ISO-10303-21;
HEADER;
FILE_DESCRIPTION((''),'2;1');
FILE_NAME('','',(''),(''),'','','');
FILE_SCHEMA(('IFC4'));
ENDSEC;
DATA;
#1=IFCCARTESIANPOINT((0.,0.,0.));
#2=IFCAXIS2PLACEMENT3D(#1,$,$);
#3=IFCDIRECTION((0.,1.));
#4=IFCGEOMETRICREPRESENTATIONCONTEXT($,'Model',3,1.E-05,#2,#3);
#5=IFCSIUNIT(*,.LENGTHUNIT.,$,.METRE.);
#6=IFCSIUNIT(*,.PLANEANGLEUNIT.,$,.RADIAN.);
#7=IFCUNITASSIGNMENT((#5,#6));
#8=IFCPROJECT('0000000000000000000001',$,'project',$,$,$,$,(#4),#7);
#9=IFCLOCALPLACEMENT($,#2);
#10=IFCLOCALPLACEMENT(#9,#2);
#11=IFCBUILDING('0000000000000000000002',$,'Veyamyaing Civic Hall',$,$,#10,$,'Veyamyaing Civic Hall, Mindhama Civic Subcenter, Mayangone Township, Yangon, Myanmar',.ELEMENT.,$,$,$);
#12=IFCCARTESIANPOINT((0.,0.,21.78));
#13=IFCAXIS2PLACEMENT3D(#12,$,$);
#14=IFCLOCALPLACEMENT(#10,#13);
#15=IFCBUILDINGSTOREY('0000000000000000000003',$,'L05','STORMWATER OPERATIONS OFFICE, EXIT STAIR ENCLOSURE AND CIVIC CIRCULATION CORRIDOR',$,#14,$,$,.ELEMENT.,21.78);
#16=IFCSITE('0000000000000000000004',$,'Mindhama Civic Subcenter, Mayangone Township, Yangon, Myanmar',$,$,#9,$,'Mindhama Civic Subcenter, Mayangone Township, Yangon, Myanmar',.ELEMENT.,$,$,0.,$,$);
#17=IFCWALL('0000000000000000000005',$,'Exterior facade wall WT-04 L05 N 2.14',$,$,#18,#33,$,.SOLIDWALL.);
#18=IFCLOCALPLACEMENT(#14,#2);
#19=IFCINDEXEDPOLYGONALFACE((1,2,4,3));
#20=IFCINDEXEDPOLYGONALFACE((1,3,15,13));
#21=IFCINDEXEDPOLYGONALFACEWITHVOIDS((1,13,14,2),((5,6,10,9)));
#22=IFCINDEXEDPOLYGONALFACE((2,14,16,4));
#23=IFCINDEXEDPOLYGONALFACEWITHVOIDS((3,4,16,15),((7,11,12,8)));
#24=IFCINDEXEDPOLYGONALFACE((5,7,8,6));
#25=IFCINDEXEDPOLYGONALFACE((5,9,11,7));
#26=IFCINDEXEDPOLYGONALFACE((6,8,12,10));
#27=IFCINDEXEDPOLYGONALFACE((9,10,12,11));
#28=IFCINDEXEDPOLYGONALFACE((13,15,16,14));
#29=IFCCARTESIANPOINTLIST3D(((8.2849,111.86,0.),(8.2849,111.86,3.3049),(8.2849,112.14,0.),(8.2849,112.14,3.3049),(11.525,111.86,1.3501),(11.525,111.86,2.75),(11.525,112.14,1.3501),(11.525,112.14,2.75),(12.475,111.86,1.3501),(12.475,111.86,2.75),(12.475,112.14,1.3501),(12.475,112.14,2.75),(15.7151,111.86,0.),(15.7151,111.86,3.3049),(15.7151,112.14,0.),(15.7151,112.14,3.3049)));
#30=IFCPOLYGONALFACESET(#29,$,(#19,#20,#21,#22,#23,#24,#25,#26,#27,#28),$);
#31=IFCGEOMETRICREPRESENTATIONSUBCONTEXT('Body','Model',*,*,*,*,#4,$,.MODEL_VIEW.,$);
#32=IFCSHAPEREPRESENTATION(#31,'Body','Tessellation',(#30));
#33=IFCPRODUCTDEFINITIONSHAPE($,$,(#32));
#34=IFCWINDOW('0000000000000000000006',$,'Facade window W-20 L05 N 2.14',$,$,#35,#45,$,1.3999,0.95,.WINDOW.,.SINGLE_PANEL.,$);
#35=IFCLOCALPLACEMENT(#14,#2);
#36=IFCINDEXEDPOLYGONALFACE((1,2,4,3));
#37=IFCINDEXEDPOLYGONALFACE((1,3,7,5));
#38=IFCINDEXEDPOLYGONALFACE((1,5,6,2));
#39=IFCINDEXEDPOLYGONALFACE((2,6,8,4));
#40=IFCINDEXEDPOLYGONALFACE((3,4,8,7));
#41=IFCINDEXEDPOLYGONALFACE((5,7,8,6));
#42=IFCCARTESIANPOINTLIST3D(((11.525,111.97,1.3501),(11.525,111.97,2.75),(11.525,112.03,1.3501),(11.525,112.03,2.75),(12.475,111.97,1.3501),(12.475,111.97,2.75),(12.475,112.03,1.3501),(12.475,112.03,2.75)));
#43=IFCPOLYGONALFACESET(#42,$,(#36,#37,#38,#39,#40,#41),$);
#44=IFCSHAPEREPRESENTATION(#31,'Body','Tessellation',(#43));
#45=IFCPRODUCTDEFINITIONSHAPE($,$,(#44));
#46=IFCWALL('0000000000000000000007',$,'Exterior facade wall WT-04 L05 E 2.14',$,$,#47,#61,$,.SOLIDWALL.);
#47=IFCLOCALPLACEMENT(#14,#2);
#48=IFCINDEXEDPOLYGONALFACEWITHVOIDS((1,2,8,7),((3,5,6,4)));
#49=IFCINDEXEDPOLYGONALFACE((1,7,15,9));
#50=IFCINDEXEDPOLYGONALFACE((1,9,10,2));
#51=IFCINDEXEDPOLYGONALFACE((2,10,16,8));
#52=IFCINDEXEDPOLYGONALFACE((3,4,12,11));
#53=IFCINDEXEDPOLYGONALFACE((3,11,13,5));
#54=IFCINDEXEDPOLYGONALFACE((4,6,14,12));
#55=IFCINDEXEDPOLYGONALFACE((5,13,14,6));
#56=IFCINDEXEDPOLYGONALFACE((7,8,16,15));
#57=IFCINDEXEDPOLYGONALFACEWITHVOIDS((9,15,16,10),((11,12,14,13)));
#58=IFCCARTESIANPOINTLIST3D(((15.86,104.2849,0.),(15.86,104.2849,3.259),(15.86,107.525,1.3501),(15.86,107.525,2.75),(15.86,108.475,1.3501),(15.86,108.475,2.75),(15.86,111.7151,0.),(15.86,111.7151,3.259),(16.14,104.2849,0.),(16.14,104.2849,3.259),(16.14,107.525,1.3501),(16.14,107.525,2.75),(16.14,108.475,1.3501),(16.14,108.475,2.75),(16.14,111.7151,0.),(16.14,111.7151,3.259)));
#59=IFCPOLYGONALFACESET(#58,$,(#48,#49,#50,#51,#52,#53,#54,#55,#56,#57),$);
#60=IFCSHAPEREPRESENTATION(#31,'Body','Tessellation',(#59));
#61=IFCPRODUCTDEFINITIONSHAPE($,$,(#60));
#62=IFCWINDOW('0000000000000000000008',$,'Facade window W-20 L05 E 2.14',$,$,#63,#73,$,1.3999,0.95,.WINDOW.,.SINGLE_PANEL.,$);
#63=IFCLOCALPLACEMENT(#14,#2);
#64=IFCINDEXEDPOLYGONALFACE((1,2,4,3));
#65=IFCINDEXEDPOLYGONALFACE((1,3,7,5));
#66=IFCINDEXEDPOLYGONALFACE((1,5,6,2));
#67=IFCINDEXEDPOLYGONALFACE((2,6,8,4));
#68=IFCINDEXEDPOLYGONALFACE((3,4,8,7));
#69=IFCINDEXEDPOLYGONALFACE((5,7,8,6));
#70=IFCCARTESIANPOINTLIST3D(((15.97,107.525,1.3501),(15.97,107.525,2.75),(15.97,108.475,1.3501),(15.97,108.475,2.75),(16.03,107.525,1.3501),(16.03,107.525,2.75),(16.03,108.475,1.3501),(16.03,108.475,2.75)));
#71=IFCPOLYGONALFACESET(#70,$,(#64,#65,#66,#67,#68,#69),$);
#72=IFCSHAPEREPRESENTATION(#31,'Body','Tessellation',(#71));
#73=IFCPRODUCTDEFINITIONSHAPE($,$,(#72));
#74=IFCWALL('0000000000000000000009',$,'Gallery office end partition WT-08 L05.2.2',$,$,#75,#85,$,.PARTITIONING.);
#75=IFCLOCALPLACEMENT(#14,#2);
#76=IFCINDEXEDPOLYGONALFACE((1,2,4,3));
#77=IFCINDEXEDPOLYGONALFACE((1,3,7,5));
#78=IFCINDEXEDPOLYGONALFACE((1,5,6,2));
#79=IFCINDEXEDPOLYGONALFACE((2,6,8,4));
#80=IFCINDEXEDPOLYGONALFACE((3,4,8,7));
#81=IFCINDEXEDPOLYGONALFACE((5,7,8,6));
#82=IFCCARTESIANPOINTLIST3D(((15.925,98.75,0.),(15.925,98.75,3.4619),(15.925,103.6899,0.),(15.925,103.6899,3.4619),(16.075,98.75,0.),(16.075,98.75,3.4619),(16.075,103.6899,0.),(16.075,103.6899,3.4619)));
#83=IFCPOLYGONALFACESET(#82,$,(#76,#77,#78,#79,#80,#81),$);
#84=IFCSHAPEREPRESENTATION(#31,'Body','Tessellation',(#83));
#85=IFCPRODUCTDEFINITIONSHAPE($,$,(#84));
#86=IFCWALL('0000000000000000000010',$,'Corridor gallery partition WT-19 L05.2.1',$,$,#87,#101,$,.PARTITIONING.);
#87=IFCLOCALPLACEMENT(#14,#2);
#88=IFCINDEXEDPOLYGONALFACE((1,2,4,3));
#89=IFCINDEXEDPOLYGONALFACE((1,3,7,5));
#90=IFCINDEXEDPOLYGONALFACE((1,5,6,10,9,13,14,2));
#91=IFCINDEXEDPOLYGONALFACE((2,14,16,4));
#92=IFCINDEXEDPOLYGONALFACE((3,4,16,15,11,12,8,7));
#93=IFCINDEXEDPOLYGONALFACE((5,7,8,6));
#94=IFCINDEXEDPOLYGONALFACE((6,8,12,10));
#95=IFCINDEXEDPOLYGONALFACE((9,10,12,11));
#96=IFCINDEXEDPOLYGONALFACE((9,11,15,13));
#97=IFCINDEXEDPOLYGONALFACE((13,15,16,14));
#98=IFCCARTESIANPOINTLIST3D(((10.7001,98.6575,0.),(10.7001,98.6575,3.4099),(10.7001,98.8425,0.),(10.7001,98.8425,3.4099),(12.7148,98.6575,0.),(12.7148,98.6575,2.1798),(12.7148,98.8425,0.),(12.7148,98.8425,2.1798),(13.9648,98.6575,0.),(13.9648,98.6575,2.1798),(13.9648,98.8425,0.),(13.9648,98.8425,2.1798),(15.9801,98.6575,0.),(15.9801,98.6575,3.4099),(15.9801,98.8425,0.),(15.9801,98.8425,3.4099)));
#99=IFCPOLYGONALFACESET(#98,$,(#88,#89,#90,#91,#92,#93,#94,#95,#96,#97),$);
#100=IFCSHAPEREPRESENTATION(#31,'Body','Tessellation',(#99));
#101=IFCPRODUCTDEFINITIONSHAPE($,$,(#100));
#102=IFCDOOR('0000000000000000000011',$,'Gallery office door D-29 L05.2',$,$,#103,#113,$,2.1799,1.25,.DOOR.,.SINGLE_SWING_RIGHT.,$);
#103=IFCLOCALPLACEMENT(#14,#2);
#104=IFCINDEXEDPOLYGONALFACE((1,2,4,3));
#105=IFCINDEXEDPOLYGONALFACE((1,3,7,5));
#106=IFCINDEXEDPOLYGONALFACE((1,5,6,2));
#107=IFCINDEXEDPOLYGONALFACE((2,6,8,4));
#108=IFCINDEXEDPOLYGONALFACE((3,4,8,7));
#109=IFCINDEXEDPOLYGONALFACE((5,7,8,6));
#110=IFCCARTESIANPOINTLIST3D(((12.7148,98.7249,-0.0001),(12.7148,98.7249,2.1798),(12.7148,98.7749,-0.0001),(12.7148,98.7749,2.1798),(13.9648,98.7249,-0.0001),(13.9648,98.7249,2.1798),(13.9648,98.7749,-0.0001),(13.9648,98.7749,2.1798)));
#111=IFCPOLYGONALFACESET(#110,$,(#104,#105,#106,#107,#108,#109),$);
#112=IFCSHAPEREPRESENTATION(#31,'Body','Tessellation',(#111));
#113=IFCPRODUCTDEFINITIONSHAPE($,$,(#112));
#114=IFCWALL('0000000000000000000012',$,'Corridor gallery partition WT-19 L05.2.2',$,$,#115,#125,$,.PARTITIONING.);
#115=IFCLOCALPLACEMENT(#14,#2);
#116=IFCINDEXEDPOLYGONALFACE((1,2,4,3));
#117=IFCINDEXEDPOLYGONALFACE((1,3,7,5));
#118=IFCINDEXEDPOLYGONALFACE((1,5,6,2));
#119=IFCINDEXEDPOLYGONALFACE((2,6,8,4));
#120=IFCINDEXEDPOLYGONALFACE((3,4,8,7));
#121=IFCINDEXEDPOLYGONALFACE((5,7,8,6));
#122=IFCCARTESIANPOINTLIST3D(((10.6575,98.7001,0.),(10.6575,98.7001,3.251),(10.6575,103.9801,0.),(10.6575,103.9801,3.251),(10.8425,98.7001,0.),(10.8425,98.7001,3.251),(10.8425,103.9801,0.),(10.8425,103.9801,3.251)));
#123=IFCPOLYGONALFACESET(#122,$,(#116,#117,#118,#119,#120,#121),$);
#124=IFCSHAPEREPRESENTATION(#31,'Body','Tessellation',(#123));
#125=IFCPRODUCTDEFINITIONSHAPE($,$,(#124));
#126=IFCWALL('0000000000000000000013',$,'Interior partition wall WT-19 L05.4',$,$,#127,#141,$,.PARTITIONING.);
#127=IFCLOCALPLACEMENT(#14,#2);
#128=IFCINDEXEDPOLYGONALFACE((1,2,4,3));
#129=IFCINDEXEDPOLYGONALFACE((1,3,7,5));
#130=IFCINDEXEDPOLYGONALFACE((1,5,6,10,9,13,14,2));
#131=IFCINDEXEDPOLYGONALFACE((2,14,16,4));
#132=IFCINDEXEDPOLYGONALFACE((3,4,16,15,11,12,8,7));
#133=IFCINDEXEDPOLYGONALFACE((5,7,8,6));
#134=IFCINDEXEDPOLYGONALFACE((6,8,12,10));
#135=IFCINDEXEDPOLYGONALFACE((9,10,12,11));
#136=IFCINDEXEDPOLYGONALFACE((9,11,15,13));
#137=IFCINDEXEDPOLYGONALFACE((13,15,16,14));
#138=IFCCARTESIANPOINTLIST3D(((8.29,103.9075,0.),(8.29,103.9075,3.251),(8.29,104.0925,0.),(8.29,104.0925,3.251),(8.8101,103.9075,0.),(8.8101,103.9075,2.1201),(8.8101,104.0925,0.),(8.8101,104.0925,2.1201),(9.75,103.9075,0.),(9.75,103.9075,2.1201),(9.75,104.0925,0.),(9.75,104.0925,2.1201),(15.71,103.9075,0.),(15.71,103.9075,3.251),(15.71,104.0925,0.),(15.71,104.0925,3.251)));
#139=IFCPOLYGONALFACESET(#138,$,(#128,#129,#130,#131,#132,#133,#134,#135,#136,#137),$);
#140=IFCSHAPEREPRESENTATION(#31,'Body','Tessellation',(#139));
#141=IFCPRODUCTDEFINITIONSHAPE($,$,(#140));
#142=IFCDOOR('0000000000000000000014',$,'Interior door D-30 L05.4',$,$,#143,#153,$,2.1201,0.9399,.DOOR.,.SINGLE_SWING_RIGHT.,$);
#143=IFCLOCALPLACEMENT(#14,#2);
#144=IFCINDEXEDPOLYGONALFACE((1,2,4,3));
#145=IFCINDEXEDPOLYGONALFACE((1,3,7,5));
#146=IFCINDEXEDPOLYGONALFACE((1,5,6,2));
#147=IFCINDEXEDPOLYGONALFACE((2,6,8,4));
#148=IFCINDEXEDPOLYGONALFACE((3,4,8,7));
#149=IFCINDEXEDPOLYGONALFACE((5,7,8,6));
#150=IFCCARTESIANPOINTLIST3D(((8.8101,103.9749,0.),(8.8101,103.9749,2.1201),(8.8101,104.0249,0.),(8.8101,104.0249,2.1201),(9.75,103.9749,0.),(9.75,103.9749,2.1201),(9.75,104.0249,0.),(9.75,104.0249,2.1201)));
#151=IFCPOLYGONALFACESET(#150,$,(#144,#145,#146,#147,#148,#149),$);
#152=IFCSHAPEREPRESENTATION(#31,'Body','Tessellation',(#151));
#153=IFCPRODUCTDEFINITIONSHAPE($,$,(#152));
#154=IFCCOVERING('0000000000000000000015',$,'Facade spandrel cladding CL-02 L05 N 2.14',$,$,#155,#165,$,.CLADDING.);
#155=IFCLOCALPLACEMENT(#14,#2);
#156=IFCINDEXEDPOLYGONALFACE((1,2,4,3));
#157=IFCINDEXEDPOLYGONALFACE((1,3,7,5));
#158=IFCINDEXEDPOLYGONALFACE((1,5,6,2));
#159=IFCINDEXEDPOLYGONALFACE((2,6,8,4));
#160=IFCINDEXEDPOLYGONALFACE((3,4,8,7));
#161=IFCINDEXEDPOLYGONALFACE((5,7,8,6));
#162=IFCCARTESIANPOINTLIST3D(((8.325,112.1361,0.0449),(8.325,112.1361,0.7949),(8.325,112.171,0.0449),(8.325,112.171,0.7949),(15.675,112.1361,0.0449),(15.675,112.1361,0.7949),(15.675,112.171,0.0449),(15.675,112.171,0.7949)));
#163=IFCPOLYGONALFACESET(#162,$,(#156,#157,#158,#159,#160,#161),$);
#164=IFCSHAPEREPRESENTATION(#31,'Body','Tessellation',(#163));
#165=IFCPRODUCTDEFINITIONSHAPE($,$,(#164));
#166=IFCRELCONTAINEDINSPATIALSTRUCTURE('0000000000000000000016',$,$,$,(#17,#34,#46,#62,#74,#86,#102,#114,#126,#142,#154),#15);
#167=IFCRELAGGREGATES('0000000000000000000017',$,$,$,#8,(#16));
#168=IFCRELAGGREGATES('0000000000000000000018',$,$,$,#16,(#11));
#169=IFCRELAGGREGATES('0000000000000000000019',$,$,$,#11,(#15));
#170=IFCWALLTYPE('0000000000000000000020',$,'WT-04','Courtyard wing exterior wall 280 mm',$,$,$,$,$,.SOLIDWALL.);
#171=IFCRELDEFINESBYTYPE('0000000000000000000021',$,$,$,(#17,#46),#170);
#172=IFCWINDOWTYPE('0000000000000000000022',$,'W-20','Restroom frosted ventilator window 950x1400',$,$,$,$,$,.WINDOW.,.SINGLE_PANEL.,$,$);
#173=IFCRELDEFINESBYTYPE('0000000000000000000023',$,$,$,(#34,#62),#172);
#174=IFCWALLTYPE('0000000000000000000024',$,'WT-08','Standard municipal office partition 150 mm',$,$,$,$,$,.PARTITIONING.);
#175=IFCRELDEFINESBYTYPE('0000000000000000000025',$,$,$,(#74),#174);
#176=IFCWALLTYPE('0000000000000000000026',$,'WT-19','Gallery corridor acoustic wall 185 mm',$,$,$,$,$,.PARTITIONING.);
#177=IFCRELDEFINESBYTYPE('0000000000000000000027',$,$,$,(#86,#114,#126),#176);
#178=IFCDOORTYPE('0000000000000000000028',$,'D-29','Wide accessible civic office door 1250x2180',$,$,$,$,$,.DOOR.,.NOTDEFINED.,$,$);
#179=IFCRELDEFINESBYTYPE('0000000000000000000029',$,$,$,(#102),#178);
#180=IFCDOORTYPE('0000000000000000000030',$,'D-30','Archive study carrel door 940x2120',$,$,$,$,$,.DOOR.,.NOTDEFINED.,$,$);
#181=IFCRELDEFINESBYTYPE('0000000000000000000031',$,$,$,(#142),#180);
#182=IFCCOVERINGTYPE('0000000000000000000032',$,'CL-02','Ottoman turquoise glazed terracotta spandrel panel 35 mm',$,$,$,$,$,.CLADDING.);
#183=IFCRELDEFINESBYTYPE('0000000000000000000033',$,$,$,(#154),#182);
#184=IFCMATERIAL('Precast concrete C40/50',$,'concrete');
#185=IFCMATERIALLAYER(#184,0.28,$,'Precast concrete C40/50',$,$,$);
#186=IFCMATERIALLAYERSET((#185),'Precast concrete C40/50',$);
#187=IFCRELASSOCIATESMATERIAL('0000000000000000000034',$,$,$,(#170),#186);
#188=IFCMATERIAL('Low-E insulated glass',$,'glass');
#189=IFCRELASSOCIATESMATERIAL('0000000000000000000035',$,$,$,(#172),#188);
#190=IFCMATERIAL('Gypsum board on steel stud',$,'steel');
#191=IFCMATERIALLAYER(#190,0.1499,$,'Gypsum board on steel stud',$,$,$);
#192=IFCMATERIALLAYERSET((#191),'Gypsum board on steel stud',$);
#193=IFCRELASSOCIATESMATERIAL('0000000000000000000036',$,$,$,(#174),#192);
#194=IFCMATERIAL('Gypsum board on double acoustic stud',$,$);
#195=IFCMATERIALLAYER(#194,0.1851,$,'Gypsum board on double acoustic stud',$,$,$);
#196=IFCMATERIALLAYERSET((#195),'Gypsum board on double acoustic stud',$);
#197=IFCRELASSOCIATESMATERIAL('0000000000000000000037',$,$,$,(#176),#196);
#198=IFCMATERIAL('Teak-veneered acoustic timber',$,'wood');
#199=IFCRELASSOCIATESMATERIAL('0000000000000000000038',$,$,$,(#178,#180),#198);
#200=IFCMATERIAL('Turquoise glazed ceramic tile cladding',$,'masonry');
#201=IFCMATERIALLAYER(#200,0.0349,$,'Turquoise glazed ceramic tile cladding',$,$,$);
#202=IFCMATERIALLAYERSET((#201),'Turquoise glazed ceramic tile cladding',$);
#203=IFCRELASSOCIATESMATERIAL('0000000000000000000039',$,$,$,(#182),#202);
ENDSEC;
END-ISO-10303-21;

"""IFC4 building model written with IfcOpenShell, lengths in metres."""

from ifc_helpers import new_model, si_unit, direction, frame, frame_2d, origin, origin_2d, place, context, subcontext, project, spatial, rectangle, extrude, material, layer, layer_set, type_object, element, fill, save


model = new_model("IFC4")

# Units and contexts
model_context = context("Model", 3, precision=1e-05, world=origin(), true_north=direction((0.0, 1.0)))
body_context = subcontext(model_context, "Body", "Model", "MODEL_VIEW")
ifc_project = project(units=[si_unit("LENGTHUNIT", "METRE"), si_unit("PLANEANGLEUNIT", "RADIAN")], contexts=[model_context])

# Site, building, storey
site_placement = place(None, origin())
site = spatial("IfcSite", under=ifc_project, at=site_placement, Name="Mindhama Civic Subcenter, Mayangone Township, Yangon, Myanmar", LongName="Mindhama Civic Subcenter, Mayangone Township, Yangon, Myanmar", CompositionType="ELEMENT", RefElevation=0.0)
building_placement = place(site_placement, origin())
building = spatial("IfcBuilding", under=site, at=building_placement, Name="Veyamyaing Civic Hall", LongName="Veyamyaing Civic Hall, Mindhama Civic Subcenter, Mayangone Township, Yangon, Myanmar", CompositionType="ELEMENT")
storey_placement = place(building_placement, frame((0.0, 0.0, 21.78)))
storey = spatial("IfcBuildingStorey", under=building, at=storey_placement, Name="L05", Description="STORMWATER OPERATIONS OFFICE, EXIT STAIR ENCLOSURE AND CIVIC CIRCULATION CORRIDOR", CompositionType="ELEMENT", Elevation=21.78)

# Walls, openings, windows
ifc_material_1 = material(Name="Precast concrete C40/50", Category="concrete")
ifc_layer_1 = layer(ifc_material_1, 0.28, Name="Precast concrete C40/50")
ifc_layer_set_1 = layer_set([ifc_layer_1], Name="Precast concrete C40/50")
wall_type_1 = type_object("IfcWallType", Name="WT-04", Description="Courtyard wing exterior wall 280 mm", PredefinedType="SOLIDWALL", material=ifc_layer_set_1)
wall_1_placement = place(storey_placement, frame((8.2849, 112.0, 0.0), z_axis=(0.0, 0.0, 1.0), x_axis=(1.0, 0.0, 0.0)))
wall_1 = element("IfcWall", 1, at=wall_1_placement, inside=storey, type_object=wall_type_1, Name="Exterior facade wall WT-04 L05 N 2.14", PredefinedType="SOLIDWALL", context=body_context, shape_type="SweptSolid", body=[
    extrude(rectangle(XDim=7.4302, YDim=0.28, at=frame_2d((3.7151, 0.0))), origin(), (0.0, 0.0, 1.0), 3.3049),
])
opening_1_placement = place(wall_1_placement, frame((3.24, 0.0, 1.3501)))
opening_1 = element("IfcOpeningElement", 2, at=opening_1_placement, cuts=wall_1, PredefinedType="OPENING", context=body_context, shape_type="SweptSolid", body=[
    extrude(rectangle(XDim=0.95, YDim=1.3999, at=frame_2d((0.4751, 0.7))), frame((0.0, 0.1499, 0.0), z_axis=(0.0, -1.0, 0.0), x_axis=(1.0, 0.0, 0.0)), (0.0, 0.0, 1.0), 0.3),
])
ifc_material_2 = material(Name="Low-E insulated glass", Category="glass")
window_type = type_object("IfcWindowType", Name="W-20", Description="Restroom frosted ventilator window 950x1400", PartitioningType="SINGLE_PANEL", PredefinedType="WINDOW", material=ifc_material_2)
window_1_placement = place(opening_1_placement, origin())
window_1 = element("IfcWindow", 3, at=window_1_placement, inside=storey, type_object=window_type, Name="Facade window W-20 L05 N 2.14", OverallHeight=1.3999, OverallWidth=0.95, PartitioningType="SINGLE_PANEL", PredefinedType="WINDOW", context=body_context, shape_type="SweptSolid", body=[
    extrude(rectangle(XDim=0.95, YDim=1.3999, at=frame_2d((0.4751, 0.7))), frame((0.0, 0.03, 0.0), z_axis=(0.0, -1.0, 0.0), x_axis=(1.0, 0.0, 0.0)), (0.0, 0.0, 1.0), 0.0601),
])
fill(opening_1, window_1)
wall_2_placement = place(storey_placement, frame((16.0, 104.2849, 0.0), z_axis=(0.0, 0.0, 1.0), x_axis=(0.0, 1.0, 0.0)))
wall_2 = element("IfcWall", 4, at=wall_2_placement, inside=storey, type_object=wall_type_1, Name="Exterior facade wall WT-04 L05 E 2.14", PredefinedType="SOLIDWALL", context=body_context, shape_type="SweptSolid", body=[
    extrude(rectangle(XDim=7.4302, YDim=0.28, at=frame_2d((3.7151, 0.0))), origin(), (0.0, 0.0, 1.0), 3.259),
])
opening_2_placement = place(wall_2_placement, frame((3.24, 0.0, 1.3501)))
opening_2 = element("IfcOpeningElement", 5, at=opening_2_placement, cuts=wall_2, PredefinedType="OPENING", context=body_context, shape_type="SweptSolid", body=[
    extrude(rectangle(XDim=0.95, YDim=1.3999, at=frame_2d((0.4751, 0.7))), frame((0.0, 0.1499, 0.0), z_axis=(0.0, -1.0, 0.0), x_axis=(1.0, 0.0, 0.0)), (0.0, 0.0, 1.0), 0.3),
])
window_2_placement = place(opening_2_placement, origin())
window_2 = element("IfcWindow", 6, at=window_2_placement, inside=storey, type_object=window_type, Name="Facade window W-20 L05 E 2.14", OverallHeight=1.3999, OverallWidth=0.95, PartitioningType="SINGLE_PANEL", PredefinedType="WINDOW", context=body_context, shape_type="SweptSolid", body=[
    extrude(rectangle(XDim=0.95, YDim=1.3999, at=frame_2d((0.4751, 0.7))), frame((0.0, 0.03, 0.0), z_axis=(0.0, -1.0, 0.0), x_axis=(1.0, 0.0, 0.0)), (0.0, 0.0, 1.0), 0.0601),
])
fill(opening_2, window_2)

# Wall
ifc_material_3 = material(Name="Gypsum board on steel stud", Category="steel")
ifc_layer_2 = layer(ifc_material_3, 0.1499, Name="Gypsum board on steel stud")
ifc_layer_set_2 = layer_set([ifc_layer_2], Name="Gypsum board on steel stud")
wall_type_2 = type_object("IfcWallType", Name="WT-08", Description="Standard municipal office partition 150 mm", PredefinedType="PARTITIONING", material=ifc_layer_set_2)
wall_3_placement = place(storey_placement, frame((16.0, 98.75, 0.0), z_axis=(0.0, 0.0, 1.0), x_axis=(0.0, 1.0, 0.0)))
element("IfcWall", 7, at=wall_3_placement, inside=storey, type_object=wall_type_2, Name="Gallery office end partition WT-08 L05.2.2", PredefinedType="PARTITIONING", context=body_context, shape_type="SweptSolid", body=[
    extrude(rectangle(XDim=4.9399, YDim=0.1499, at=frame_2d((2.47, 0.0))), origin(), (0.0, 0.0, 1.0), 3.4619),
])

# Wall, opening, door
ifc_material_4 = material(Name="Gypsum board on double acoustic stud")
ifc_layer_3 = layer(ifc_material_4, 0.1851, Name="Gypsum board on double acoustic stud")
ifc_layer_set_3 = layer_set([ifc_layer_3], Name="Gypsum board on double acoustic stud")
wall_type_3 = type_object("IfcWallType", Name="WT-19", Description="Gallery corridor acoustic wall 185 mm", PredefinedType="PARTITIONING", material=ifc_layer_set_3)
wall_4_placement = place(storey_placement, frame((10.7, 98.75, 0.0), z_axis=(0.0, 0.0, 1.0), x_axis=(1.0, 0.0, 0.0)))
wall_4 = element("IfcWall", 8, at=wall_4_placement, inside=storey, type_object=wall_type_3, Name="Corridor gallery partition WT-19 L05.2.1", PredefinedType="PARTITIONING", context=body_context, shape_type="SweptSolid", body=[
    extrude(rectangle(XDim=5.28, YDim=0.1851, at=frame_2d((2.6401, 0.0))), origin(), (0.0, 0.0, 1.0), 3.4099),
])
opening_3_placement = place(wall_4_placement, frame((2.0149, 0.0, 0.0)))
opening_3 = element("IfcOpeningElement", 9, at=opening_3_placement, cuts=wall_4, PredefinedType="OPENING", context=body_context, shape_type="SweptSolid", body=[
    extrude(rectangle(XDim=1.25, YDim=2.1799, at=frame_2d((0.625, 1.0898))), frame((0.0, 0.1025, 0.0), z_axis=(0.0, -1.0, 0.0), x_axis=(1.0, 0.0, 0.0)), (0.0, 0.0, 1.0), 0.2051),
])
ifc_material_5 = material(Name="Teak-veneered acoustic timber", Category="wood")
door_type_1 = type_object("IfcDoorType", Name="D-29", Description="Wide accessible civic office door 1250x2180", OperationType="NOTDEFINED", PredefinedType="DOOR", material=ifc_material_5)
door_1_placement = place(opening_3_placement, origin())
door_1 = element("IfcDoor", 10, at=door_1_placement, inside=storey, type_object=door_type_1, Name="Gallery office door D-29 L05.2", OperationType="SINGLE_SWING_RIGHT", OverallHeight=2.1799, OverallWidth=1.25, PredefinedType="DOOR", context=body_context, shape_type="SweptSolid", body=[
    extrude(rectangle(XDim=1.25, YDim=2.1799, at=frame_2d((0.625, 1.0898))), frame((0.0, 0.0249, 0.0), z_axis=(0.0, -1.0, 0.0), x_axis=(1.0, 0.0, 0.0)), (0.0, 0.0, 1.0), 0.05),
])
fill(opening_3, door_1)

# Wall
wall_5_placement = place(storey_placement, frame((10.75, 98.7, 0.0), z_axis=(0.0, 0.0, 1.0), x_axis=(0.0, 1.0, 0.0)))
element("IfcWall", 11, at=wall_5_placement, inside=storey, type_object=wall_type_3, Name="Corridor gallery partition WT-19 L05.2.2", PredefinedType="PARTITIONING", context=body_context, shape_type="SweptSolid", body=[
    extrude(rectangle(XDim=5.28, YDim=0.1851, at=frame_2d((2.6401, 0.0))), origin(), (0.0, 0.0, 1.0), 3.251),
])

# Wall, opening, door
wall_6_placement = place(storey_placement, frame((8.29, 104.0, 0.0), z_axis=(0.0, 0.0, 1.0), x_axis=(1.0, 0.0, 0.0)))
wall_6 = element("IfcWall", 12, at=wall_6_placement, inside=storey, type_object=wall_type_3, Name="Interior partition wall WT-19 L05.4", PredefinedType="PARTITIONING", context=body_context, shape_type="SweptSolid", body=[
    extrude(rectangle(XDim=7.4199, YDim=0.1851, at=frame_2d((3.71, 0.0))), origin(), (0.0, 0.0, 1.0), 3.251),
])
opening_4_placement = place(wall_6_placement, frame((0.52, 0.0, 0.0)))
opening_4 = element("IfcOpeningElement", 13, at=opening_4_placement, cuts=wall_6, PredefinedType="OPENING", context=body_context, shape_type="SweptSolid", body=[
    extrude(rectangle(XDim=0.9399, YDim=2.1201, at=frame_2d((0.47, 1.0601))), frame((0.0, 0.1025, 0.0), z_axis=(0.0, -1.0, 0.0), x_axis=(1.0, 0.0, 0.0)), (0.0, 0.0, 1.0), 0.2051),
])
door_type_2 = type_object("IfcDoorType", Name="D-30", Description="Archive study carrel door 940x2120", OperationType="NOTDEFINED", PredefinedType="DOOR", material=ifc_material_5)
door_2_placement = place(opening_4_placement, origin())
door_2 = element("IfcDoor", 14, at=door_2_placement, inside=storey, type_object=door_type_2, Name="Interior door D-30 L05.4", OperationType="SINGLE_SWING_RIGHT", OverallHeight=2.1201, OverallWidth=0.9399, PredefinedType="DOOR", context=body_context, shape_type="SweptSolid", body=[
    extrude(rectangle(XDim=0.9399, YDim=2.1201, at=frame_2d((0.47, 1.0601))), frame((0.0, 0.0249, 0.0), z_axis=(0.0, -1.0, 0.0), x_axis=(1.0, 0.0, 0.0)), (0.0, 0.0, 1.0), 0.05),
])
fill(opening_4, door_2)

# Covering
ifc_material_6 = material(Name="Turquoise glazed ceramic tile cladding", Category="masonry")
ifc_layer_4 = layer(ifc_material_6, 0.0349, Name="Turquoise glazed ceramic tile cladding")
ifc_layer_set_4 = layer_set([ifc_layer_4], Name="Turquoise glazed ceramic tile cladding")
covering_type_1 = type_object("IfcCoveringType", Name="CL-02", Description="Ottoman turquoise glazed terracotta spandrel panel 35 mm", PredefinedType="CLADDING", material=ifc_layer_set_4)
covering_placement = place(storey_placement, frame((12.0, 112.1536, 0.0449), z_axis=(0.0, 0.0, 1.0), x_axis=(1.0, 0.0, 0.0)))
element("IfcCovering", 15, at=covering_placement, inside=storey, type_object=covering_type_1, Name="Facade spandrel cladding CL-02 L05 N 2.14", PredefinedType="CLADDING", context=body_context, shape_type="SweptSolid", body=[
    extrude(rectangle(XDim=7.3501, YDim=0.0349, at=origin_2d()), origin(), (0.0, 0.0, 1.0), 0.75),
])

save(model, "model.ifc")
